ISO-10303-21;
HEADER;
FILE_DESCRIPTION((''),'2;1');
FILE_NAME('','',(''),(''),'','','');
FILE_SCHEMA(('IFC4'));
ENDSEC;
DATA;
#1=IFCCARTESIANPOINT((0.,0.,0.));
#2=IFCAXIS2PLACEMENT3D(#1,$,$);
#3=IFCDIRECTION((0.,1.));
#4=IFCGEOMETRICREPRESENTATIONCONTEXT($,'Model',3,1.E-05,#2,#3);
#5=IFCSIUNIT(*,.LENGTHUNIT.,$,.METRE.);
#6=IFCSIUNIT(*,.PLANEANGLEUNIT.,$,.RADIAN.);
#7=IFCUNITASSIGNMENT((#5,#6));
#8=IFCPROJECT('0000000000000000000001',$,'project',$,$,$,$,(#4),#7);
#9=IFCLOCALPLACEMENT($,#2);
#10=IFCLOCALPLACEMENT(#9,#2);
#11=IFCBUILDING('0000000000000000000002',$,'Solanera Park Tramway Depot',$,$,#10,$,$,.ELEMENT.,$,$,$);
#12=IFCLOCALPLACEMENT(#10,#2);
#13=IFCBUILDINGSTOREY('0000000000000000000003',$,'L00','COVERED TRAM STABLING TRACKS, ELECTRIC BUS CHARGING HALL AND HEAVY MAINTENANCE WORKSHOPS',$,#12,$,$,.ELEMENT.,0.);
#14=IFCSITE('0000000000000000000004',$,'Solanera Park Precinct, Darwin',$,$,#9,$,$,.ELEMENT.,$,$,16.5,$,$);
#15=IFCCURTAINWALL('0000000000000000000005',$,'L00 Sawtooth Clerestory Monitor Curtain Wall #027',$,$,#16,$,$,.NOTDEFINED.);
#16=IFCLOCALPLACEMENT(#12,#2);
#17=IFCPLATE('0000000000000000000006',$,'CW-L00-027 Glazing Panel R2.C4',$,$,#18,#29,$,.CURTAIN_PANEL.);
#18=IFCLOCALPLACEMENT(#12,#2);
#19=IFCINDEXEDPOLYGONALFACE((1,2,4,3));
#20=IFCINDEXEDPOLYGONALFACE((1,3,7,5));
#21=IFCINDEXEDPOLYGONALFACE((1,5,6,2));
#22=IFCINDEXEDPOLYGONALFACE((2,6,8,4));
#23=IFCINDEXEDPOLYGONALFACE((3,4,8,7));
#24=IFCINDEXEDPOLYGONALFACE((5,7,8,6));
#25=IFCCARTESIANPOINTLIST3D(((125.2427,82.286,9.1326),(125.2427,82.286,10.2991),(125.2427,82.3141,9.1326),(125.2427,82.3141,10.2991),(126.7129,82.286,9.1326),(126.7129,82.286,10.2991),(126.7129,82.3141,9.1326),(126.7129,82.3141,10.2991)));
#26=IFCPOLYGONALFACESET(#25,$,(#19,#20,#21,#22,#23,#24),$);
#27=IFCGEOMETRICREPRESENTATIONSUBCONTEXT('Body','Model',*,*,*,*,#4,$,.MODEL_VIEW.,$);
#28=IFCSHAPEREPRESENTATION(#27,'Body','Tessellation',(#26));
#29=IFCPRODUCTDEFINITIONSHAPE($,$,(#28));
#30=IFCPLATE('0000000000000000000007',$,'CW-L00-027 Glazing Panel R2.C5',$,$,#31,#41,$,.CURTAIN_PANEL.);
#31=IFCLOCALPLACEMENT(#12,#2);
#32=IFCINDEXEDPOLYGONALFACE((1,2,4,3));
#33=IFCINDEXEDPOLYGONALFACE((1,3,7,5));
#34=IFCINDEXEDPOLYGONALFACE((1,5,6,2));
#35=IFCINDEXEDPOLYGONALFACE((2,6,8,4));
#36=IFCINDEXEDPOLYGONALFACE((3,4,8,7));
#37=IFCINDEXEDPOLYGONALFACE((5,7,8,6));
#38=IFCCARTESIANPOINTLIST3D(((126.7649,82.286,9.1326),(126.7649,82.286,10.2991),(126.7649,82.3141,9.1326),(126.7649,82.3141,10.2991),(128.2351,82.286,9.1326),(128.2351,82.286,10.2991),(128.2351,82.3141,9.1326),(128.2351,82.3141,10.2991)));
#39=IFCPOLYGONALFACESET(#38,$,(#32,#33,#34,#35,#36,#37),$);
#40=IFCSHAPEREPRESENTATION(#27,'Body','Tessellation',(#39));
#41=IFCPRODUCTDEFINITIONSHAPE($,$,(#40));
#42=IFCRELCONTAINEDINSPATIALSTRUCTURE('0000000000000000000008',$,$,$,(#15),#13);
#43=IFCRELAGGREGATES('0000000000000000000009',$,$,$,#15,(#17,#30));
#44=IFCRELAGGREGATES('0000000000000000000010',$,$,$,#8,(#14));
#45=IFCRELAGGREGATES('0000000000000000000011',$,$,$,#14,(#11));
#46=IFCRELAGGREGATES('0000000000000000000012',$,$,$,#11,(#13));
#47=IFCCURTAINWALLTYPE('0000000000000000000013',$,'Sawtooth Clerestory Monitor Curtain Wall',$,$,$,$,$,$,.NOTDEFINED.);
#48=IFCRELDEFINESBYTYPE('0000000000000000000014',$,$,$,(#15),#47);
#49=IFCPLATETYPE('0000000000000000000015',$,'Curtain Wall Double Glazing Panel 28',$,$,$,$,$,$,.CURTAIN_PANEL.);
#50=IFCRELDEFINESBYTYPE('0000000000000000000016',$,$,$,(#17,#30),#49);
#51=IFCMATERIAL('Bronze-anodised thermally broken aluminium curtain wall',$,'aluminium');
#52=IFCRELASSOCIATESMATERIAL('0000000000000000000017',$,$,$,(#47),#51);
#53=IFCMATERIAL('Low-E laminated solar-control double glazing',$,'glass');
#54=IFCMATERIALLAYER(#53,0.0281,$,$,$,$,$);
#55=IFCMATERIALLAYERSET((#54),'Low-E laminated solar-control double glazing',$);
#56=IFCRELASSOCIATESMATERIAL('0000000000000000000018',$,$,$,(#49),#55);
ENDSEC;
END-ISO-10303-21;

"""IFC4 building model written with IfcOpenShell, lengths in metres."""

from ifc_helpers import new_model, si_unit, direction, frame, origin, origin_2d, place, context, subcontext, project, spatial, rectangle, extrude, material, layer, layer_set, type_object, element, aggregate, save


model = new_model("IFC4")

# Units and contexts
model_context = context("Model", 3, precision=1e-05, world=origin(), true_north=direction((0.0, 1.0)))
body_context = subcontext(model_context, "Body", "Model", "MODEL_VIEW")
ifc_project = project(units=[si_unit("LENGTHUNIT", "METRE"), si_unit("PLANEANGLEUNIT", "RADIAN")], contexts=[model_context])

# Site, building, storey
site_placement = place(None, origin())
site = spatial("IfcSite", under=ifc_project, at=site_placement, Name="Solanera Park Precinct, Darwin", CompositionType="ELEMENT", RefElevation=16.5)
building_placement = place(site_placement, origin())
building = spatial("IfcBuilding", under=site, at=building_placement, Name="Solanera Park Tramway Depot", CompositionType="ELEMENT")
storey_placement = place(building_placement, origin())
storey = spatial("IfcBuildingStorey", under=building, at=storey_placement, Name="L00", Description="COVERED TRAM STABLING TRACKS, ELECTRIC BUS CHARGING HALL AND HEAVY MAINTENANCE WORKSHOPS", CompositionType="ELEMENT", Elevation=0.0)

# Curtain wall, plates
ifc_material_1 = material(Name="Bronze-anodised thermally broken aluminium curtain wall", Category="aluminium")
curtain_wall_type = type_object("IfcCurtainWallType", Name="Sawtooth Clerestory Monitor Curtain Wall", PredefinedType="NOTDEFINED", material=ifc_material_1)
curtain_wall_placement = place(storey_placement, origin())
curtain_wall = element("IfcCurtainWall", 1, at=curtain_wall_placement, inside=storey, type_object=curtain_wall_type, Name="L00 Sawtooth Clerestory Monitor Curtain Wall #027", PredefinedType="NOTDEFINED")
ifc_material_2 = material(Name="Low-E laminated solar-control double glazing", Category="glass")
ifc_layer = layer(ifc_material_2, 0.0281)
ifc_layer_set = layer_set([ifc_layer], Name="Low-E laminated solar-control double glazing")
plate_type = type_object("IfcPlateType", Name="Curtain Wall Double Glazing Panel 28", PredefinedType="CURTAIN_PANEL", material=ifc_layer_set)
plate_1_placement = place(storey_placement, frame((125.9778, 82.3, 9.1326), z_axis=(0.0, 0.0, 1.0), x_axis=(1.0, 0.0, 0.0)))
plate_1 = element("IfcPlate", 2, at=plate_1_placement, type_object=plate_type, Name="CW-L00-027 Glazing Panel R2.C4", PredefinedType="CURTAIN_PANEL", context=body_context, shape_type="SweptSolid", body=[
    extrude(rectangle(XDim=1.4702, YDim=0.0281, at=origin_2d()), origin(), (0.0, 0.0, 1.0), 1.1665),
])
plate_2_placement = place(storey_placement, frame((127.5, 82.3, 9.1326), z_axis=(0.0, 0.0, 1.0), x_axis=(1.0, 0.0, 0.0)))
plate_2 = element("IfcPlate", 3, at=plate_2_placement, type_object=plate_type, Name="CW-L00-027 Glazing Panel R2.C5", PredefinedType="CURTAIN_PANEL", context=body_context, shape_type="SweptSolid", body=[
    extrude(rectangle(XDim=1.4702, YDim=0.0281, at=origin_2d()), origin(), (0.0, 0.0, 1.0), 1.1665),
])
aggregate(curtain_wall, [plate_1, plate_2])

save(model, "model.ifc")
